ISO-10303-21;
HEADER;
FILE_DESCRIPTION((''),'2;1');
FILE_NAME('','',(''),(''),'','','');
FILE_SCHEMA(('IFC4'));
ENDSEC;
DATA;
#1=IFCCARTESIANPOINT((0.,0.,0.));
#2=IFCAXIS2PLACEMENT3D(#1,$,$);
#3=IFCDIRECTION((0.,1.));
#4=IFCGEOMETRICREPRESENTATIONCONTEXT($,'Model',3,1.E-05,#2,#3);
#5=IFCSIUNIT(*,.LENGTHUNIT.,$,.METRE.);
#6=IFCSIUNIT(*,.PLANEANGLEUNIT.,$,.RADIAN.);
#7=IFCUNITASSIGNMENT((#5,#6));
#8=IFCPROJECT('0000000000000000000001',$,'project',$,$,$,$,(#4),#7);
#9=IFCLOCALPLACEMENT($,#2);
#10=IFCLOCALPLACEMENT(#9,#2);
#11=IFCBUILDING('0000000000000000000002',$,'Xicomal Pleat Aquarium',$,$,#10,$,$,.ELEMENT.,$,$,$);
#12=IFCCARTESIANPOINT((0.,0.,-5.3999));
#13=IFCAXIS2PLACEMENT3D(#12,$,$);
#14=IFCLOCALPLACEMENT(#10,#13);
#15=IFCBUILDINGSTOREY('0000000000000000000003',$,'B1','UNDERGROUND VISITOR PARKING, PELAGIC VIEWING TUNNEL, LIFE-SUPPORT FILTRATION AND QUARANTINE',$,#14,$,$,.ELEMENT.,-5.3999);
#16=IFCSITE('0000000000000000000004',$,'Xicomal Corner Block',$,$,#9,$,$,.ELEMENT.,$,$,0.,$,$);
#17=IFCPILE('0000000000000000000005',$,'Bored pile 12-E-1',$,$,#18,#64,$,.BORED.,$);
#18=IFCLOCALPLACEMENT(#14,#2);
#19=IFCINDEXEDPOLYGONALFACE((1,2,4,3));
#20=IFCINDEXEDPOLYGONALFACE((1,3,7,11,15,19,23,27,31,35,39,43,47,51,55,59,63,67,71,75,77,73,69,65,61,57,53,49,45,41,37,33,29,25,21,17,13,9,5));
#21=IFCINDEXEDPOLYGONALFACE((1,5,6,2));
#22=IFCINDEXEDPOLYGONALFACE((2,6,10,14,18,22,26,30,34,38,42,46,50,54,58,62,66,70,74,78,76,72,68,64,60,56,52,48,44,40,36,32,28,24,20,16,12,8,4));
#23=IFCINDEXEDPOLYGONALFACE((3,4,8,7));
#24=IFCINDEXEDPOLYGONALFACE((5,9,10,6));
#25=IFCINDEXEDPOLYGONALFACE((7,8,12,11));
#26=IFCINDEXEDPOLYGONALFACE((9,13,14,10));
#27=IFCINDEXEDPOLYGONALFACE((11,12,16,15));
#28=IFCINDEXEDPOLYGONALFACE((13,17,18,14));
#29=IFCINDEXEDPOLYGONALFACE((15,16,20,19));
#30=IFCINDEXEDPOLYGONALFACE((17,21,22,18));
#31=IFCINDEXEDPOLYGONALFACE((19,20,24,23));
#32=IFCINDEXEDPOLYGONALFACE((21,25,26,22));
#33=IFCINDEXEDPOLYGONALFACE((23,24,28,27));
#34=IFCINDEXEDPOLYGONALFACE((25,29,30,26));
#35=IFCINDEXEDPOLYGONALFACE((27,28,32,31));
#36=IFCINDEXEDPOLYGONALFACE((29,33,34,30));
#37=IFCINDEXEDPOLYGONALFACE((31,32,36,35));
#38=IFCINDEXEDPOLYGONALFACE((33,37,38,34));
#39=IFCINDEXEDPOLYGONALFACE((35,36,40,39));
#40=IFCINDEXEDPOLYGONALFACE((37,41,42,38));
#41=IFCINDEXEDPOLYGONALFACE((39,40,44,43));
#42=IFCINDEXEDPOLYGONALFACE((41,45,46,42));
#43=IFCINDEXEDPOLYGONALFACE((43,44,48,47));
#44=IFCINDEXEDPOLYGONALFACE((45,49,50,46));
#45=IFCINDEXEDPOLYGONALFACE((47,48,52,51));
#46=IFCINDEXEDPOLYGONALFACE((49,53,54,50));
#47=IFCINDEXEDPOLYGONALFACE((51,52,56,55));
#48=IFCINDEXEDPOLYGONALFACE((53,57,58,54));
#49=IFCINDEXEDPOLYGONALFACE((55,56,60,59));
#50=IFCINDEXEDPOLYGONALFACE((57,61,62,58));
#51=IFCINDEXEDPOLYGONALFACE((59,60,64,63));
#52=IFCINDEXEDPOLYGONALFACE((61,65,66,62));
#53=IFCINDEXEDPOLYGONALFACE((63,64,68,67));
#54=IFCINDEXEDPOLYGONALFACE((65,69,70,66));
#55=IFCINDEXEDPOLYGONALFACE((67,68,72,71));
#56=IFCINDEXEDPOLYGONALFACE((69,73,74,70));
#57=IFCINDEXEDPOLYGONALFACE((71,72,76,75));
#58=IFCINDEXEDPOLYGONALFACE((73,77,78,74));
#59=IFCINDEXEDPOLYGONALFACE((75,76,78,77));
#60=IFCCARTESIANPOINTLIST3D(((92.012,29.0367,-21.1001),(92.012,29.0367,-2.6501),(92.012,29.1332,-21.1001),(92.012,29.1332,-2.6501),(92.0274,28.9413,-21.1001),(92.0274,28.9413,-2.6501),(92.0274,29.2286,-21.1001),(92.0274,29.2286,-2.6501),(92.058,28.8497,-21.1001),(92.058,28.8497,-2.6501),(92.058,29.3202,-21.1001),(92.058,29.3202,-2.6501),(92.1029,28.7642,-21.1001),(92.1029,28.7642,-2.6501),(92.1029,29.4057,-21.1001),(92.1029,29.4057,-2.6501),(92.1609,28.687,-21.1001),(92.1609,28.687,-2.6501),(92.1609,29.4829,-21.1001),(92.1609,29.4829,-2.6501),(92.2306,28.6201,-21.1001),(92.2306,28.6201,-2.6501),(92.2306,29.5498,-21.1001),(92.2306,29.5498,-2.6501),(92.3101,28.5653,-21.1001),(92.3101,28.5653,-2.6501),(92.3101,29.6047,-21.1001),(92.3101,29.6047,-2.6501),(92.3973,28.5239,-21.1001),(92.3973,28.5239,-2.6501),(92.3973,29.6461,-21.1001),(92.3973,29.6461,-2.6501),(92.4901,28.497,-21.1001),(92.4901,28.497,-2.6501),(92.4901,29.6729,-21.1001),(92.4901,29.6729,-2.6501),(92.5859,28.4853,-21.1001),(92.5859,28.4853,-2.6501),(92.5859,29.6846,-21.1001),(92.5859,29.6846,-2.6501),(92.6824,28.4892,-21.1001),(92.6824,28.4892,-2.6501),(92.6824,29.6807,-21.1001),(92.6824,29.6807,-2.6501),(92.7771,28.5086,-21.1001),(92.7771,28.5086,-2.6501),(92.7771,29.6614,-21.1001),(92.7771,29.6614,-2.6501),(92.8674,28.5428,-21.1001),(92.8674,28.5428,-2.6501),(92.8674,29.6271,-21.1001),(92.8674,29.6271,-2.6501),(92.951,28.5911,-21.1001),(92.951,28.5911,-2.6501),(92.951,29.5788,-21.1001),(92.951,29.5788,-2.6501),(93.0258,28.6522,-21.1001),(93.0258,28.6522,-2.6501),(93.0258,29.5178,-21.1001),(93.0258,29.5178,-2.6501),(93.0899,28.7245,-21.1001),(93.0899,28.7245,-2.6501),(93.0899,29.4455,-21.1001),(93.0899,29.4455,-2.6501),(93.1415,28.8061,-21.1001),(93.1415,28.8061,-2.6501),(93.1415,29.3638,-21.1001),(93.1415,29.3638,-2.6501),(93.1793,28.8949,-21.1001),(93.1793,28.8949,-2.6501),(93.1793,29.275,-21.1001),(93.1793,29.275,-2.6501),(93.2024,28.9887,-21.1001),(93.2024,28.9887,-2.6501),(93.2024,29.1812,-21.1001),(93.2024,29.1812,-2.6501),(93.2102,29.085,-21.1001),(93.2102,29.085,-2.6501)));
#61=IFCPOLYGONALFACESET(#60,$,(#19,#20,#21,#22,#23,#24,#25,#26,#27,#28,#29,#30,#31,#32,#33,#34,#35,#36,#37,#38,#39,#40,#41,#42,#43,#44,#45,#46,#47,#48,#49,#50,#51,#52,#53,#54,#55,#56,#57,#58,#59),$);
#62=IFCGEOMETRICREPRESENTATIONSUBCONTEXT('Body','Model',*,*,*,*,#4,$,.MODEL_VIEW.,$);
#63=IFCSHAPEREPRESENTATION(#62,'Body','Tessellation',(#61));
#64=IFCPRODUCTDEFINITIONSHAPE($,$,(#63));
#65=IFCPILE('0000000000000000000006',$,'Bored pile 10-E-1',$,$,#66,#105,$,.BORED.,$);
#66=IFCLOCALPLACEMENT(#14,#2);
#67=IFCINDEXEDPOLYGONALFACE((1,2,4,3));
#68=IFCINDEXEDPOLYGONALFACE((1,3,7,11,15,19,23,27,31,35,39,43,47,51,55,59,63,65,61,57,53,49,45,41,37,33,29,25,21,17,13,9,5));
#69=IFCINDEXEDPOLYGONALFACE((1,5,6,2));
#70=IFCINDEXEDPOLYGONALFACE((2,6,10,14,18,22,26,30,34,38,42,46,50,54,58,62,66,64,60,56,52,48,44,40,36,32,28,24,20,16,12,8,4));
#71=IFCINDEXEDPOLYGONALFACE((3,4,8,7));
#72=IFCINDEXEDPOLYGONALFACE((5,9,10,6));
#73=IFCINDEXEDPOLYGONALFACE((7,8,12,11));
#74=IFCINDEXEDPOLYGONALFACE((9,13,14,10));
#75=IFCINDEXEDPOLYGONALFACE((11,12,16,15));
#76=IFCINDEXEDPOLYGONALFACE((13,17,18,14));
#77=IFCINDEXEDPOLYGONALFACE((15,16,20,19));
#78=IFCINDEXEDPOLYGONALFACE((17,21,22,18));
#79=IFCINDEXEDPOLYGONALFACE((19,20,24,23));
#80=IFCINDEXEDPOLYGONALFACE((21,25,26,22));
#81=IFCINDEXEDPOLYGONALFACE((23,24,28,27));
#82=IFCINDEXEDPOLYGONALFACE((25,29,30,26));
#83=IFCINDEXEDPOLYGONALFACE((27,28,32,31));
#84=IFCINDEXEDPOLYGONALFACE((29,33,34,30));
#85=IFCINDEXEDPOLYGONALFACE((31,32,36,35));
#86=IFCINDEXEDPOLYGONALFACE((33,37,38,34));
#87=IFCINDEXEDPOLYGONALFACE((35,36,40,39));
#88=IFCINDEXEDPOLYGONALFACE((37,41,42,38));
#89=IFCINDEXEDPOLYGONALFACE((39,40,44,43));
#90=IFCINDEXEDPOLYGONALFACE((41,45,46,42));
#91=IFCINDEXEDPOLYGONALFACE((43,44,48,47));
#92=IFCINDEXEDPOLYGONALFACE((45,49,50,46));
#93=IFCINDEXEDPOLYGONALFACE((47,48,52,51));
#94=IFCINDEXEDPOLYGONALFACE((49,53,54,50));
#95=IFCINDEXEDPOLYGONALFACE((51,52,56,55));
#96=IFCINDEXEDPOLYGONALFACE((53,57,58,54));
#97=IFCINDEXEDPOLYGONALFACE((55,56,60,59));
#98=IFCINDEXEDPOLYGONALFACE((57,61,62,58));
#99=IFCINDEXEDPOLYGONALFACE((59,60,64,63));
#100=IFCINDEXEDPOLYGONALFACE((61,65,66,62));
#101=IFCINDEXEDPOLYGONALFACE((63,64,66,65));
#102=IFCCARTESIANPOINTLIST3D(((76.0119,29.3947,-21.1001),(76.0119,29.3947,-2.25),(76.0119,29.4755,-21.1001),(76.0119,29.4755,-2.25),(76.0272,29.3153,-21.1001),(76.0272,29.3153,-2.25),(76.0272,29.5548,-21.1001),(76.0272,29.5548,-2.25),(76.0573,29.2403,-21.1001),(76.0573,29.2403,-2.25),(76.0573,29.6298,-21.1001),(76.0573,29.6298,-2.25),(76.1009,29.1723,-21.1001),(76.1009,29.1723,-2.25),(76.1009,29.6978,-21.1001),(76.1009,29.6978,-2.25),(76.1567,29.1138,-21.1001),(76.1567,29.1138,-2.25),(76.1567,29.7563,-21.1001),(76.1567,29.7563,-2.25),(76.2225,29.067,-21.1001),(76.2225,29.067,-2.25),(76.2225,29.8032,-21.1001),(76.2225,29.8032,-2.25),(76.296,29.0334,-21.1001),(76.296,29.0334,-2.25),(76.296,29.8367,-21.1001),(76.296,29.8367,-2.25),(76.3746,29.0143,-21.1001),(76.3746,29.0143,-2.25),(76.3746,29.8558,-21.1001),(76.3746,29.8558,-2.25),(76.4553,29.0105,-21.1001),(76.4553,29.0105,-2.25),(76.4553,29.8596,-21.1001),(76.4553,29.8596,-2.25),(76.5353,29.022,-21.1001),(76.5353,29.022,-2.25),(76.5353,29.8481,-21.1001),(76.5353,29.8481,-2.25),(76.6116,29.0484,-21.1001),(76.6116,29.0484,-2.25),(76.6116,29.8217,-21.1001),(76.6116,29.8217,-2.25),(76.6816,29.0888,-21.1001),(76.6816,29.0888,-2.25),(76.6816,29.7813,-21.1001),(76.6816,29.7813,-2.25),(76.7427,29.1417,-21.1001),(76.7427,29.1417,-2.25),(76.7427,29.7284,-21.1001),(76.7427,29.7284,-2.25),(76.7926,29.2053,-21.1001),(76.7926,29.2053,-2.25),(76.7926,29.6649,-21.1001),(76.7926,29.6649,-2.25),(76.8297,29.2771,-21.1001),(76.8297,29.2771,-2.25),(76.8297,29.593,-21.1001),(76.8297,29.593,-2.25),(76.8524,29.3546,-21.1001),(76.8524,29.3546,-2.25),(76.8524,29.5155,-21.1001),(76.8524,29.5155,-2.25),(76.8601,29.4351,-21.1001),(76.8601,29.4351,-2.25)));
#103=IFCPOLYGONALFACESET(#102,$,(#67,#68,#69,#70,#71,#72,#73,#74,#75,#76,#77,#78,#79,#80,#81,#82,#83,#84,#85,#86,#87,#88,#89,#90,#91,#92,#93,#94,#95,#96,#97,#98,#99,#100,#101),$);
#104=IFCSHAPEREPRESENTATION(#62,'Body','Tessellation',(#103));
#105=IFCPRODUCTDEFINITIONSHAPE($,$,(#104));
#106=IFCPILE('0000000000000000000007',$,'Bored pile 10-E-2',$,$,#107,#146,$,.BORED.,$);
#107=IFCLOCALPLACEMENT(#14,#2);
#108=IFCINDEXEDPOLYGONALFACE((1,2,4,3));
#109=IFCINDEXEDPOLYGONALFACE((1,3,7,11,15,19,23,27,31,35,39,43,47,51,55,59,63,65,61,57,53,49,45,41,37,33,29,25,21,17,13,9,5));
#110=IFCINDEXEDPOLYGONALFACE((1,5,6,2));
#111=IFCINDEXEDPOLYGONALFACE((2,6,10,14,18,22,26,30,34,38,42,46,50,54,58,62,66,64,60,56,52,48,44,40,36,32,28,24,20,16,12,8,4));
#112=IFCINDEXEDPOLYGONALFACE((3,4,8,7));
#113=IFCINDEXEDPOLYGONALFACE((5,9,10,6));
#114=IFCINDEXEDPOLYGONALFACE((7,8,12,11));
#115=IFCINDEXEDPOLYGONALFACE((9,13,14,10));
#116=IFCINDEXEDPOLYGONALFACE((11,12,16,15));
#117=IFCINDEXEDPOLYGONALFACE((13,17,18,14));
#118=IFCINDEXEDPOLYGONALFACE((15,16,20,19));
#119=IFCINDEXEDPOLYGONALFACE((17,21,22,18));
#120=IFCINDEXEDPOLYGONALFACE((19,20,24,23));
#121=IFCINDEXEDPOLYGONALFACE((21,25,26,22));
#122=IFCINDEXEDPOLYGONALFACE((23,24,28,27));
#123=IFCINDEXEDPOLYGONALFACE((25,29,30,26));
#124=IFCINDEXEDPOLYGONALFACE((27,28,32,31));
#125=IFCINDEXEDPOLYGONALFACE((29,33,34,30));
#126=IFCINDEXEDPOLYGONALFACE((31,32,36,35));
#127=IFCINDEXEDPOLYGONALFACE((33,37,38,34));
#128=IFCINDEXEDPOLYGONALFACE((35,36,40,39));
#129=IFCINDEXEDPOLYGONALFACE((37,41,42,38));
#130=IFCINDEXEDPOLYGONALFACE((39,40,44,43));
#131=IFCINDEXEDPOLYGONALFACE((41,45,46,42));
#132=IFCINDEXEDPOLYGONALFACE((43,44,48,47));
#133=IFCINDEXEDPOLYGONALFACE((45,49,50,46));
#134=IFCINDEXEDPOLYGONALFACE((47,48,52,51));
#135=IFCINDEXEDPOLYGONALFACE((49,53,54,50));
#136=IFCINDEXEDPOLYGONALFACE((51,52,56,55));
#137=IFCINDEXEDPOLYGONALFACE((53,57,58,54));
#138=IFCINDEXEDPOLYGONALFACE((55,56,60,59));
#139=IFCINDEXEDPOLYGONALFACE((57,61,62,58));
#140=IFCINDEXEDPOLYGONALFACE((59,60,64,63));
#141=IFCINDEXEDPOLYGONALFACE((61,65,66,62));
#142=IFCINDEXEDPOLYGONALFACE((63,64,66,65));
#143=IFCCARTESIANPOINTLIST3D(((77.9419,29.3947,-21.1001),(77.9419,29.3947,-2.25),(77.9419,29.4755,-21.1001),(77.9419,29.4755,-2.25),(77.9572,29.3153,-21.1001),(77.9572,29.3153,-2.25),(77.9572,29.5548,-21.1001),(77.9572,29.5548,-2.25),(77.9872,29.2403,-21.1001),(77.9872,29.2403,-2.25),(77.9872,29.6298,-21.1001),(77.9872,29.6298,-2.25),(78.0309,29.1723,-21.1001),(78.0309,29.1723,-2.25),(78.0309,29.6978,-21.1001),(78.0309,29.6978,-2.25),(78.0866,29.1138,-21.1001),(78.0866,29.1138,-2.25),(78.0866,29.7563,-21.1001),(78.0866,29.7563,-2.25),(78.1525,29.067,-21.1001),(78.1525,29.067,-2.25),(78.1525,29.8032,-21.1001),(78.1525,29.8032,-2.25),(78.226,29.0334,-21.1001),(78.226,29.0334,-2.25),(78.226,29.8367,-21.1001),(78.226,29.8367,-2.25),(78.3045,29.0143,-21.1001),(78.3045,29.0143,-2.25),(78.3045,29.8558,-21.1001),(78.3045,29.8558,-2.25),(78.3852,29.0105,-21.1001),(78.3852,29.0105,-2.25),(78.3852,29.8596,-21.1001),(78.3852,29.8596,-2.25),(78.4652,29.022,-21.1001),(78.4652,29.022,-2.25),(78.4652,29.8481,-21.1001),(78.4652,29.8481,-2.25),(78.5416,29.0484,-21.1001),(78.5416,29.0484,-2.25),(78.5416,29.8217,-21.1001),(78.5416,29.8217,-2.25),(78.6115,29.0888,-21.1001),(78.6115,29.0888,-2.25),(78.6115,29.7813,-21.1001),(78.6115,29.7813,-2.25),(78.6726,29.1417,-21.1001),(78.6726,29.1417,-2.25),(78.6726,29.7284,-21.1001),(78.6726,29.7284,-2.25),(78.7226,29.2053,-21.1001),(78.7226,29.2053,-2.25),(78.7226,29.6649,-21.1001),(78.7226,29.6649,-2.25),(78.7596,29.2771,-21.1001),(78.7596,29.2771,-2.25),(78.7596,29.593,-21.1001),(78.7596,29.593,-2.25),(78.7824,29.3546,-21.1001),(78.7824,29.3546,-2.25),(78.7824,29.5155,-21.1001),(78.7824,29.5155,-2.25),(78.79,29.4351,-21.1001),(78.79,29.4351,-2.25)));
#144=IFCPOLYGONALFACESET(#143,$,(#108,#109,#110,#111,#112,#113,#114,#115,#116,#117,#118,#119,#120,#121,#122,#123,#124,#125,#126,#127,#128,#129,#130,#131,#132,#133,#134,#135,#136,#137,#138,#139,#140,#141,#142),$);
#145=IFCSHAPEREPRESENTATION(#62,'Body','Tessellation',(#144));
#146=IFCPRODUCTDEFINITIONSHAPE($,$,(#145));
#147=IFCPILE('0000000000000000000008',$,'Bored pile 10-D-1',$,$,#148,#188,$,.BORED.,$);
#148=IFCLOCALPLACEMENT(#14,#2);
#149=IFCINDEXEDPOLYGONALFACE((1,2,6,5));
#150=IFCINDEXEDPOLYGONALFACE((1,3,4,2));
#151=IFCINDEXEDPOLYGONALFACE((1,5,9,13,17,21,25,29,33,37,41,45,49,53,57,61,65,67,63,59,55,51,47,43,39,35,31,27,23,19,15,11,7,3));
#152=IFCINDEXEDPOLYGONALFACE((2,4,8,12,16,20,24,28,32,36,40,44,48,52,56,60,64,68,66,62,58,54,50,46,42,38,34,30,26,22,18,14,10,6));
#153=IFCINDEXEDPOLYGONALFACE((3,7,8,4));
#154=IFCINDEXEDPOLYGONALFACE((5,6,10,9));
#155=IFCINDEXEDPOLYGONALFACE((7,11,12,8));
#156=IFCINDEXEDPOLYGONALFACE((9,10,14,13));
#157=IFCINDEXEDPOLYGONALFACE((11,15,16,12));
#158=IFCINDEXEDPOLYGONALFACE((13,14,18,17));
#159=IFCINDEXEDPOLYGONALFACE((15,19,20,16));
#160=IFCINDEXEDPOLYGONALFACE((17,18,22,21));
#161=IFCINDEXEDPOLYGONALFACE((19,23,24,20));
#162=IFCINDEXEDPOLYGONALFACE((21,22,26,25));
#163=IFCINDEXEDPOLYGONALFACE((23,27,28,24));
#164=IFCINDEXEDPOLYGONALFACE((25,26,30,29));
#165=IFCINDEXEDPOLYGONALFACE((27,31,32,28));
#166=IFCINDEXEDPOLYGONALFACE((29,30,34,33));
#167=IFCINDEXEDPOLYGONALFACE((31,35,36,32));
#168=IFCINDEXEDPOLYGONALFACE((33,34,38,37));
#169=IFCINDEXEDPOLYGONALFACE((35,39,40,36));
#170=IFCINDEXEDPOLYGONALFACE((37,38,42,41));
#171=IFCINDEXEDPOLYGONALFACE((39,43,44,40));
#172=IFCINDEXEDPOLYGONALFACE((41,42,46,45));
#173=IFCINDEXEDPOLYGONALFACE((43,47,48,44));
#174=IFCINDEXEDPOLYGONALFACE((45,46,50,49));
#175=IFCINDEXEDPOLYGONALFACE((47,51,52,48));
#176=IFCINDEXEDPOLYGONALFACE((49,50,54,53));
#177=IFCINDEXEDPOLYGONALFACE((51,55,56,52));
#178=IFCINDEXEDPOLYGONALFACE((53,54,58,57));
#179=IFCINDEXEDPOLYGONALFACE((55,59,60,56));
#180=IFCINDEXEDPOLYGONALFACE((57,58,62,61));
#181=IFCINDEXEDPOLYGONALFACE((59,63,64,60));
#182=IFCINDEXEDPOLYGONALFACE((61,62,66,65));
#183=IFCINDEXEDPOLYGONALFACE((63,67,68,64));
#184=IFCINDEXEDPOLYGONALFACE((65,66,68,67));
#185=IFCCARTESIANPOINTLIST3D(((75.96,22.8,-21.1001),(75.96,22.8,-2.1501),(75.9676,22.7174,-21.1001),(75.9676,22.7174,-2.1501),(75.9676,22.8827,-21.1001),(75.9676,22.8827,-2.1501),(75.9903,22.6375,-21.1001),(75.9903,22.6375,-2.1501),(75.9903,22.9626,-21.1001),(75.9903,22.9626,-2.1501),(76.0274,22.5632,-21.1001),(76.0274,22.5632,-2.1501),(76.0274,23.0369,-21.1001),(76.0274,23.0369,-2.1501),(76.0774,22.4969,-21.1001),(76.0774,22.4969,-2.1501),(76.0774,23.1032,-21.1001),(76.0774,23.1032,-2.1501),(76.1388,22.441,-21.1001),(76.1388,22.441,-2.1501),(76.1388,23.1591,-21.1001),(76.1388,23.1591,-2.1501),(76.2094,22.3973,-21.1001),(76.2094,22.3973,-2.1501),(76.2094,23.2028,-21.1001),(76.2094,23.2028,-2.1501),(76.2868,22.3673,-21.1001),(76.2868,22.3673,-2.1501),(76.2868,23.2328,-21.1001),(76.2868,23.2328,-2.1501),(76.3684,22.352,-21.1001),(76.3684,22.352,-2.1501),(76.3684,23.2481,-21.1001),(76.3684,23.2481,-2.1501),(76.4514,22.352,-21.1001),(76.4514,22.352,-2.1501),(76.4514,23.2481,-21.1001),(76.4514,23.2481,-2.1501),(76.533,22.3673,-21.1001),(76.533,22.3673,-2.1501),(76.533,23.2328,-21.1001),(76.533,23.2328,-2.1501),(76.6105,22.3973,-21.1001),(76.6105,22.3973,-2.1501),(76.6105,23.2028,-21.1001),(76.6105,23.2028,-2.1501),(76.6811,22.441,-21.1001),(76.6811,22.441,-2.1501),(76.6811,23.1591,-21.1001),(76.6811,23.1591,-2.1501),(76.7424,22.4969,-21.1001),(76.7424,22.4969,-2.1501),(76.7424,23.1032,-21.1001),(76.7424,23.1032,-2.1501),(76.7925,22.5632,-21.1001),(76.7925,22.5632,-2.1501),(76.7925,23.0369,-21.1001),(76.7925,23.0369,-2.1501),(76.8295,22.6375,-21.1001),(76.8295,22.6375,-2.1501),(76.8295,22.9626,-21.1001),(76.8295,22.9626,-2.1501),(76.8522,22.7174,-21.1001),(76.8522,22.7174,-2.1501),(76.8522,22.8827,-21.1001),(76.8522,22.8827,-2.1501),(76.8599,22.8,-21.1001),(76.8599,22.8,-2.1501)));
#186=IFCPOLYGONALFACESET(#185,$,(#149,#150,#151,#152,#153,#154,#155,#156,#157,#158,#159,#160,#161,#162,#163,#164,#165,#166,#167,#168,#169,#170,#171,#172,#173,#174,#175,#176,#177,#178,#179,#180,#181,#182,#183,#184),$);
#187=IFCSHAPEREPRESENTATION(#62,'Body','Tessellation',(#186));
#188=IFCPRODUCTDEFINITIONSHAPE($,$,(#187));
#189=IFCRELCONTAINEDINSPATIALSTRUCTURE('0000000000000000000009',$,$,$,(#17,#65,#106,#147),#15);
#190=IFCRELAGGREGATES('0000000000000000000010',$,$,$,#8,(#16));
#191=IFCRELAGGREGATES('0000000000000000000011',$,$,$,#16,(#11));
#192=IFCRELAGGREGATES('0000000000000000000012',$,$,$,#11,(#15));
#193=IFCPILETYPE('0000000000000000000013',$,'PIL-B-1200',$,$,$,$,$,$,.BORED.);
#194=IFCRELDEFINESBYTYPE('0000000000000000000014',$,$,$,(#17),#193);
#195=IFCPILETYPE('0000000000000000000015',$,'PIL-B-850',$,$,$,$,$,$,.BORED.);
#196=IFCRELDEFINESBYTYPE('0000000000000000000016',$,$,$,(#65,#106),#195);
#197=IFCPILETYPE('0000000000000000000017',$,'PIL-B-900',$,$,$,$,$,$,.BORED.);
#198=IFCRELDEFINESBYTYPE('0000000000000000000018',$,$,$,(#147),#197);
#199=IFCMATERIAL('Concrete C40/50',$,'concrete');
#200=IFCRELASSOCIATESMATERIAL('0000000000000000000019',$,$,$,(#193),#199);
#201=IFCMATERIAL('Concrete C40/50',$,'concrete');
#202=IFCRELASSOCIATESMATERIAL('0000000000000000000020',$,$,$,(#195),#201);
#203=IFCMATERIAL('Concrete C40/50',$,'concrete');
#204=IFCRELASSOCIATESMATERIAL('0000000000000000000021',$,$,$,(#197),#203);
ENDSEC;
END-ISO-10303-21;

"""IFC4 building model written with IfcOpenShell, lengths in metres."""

from ifc_helpers import new_model, si_unit, direction, frame, origin, origin_2d, place, context, subcontext, project, spatial, circle, extrude, material, material_profile, profile_set, type_object, element, save


model = new_model("IFC4")

# Units and contexts
model_context = context("Model", 3, precision=1e-05, world=origin(), true_north=direction((0.0, 1.0)))
body_context = subcontext(model_context, "Body", "Model", "MODEL_VIEW")
ifc_project = project(units=[si_unit("LENGTHUNIT", "METRE"), si_unit("PLANEANGLEUNIT", "RADIAN")], contexts=[model_context])

# Site, building, storey
site_placement = place(None, origin())
site = spatial("IfcSite", under=ifc_project, at=site_placement, Name="Xicomal Corner Block", CompositionType="ELEMENT", RefElevation=0.0)
building_placement = place(site_placement, origin())
building = spatial("IfcBuilding", under=site, at=building_placement, Name="Xicomal Pleat Aquarium", CompositionType="ELEMENT")
storey_placement = place(building_placement, frame((0.0, 0.0, -5.3999)))
storey = spatial("IfcBuildingStorey", under=building, at=storey_placement, Name="B1", Description="UNDERGROUND VISITOR PARKING, PELAGIC VIEWING TUNNEL, LIFE-SUPPORT FILTRATION AND QUARANTINE", CompositionType="ELEMENT", Elevation=-5.3999)

# Piles
ifc_material_1 = material(Name="Concrete C40/50", Category="concrete")
ifc_material_profile_1 = material_profile(ifc_material_1, circle(Radius=0.6001, at=origin_2d()), Name="BORED PILE D1200")
ifc_profile_set_1 = profile_set([ifc_material_profile_1], Name="Concrete C40/50")
pile_type_1 = type_object("IfcPileType", Name="PIL-B-1200", PredefinedType="BORED", material=ifc_profile_set_1)
pile_1_placement = place(storey_placement, frame((92.6101, 29.085, -2.6501), z_axis=(0.0, 0.0, -1.0), x_axis=(1.0, 0.0, 0.0)))
element("IfcPile", 1, at=pile_1_placement, inside=storey, type_object=pile_type_1, Name="Bored pile 12-E-1", PredefinedType="BORED", context=body_context, shape_type="SweptSolid", body=[
    extrude(circle(Radius=0.6001, at=origin_2d()), origin(), (0.0, 0.0, 1.0), 18.45),
])
ifc_material_2 = material(Name="Concrete C40/50", Category="concrete")
ifc_material_profile_2 = material_profile(ifc_material_2, circle(Radius=0.425, at=origin_2d()), Name="BORED PILE D850")
ifc_profile_set_2 = profile_set([ifc_material_profile_2], Name="Concrete C40/50")
pile_type_2 = type_object("IfcPileType", Name="PIL-B-850", PredefinedType="BORED", material=ifc_profile_set_2)
for number, where, z_axis, x_axis, name in (
    (2, (76.4351, 29.4351, -2.25), (0.0, 0.0, -1.0), (1.0, 0.0, 0.0), "Bored pile 10-E-1"),
    (3, (78.365, 29.4351, -2.25), (0.0, 0.0, -1.0), (1.0, 0.0, 0.0), "Bored pile 10-E-2"),
):
    element("IfcPile", number, at=place(storey_placement, frame(where, z_axis=z_axis, x_axis=x_axis)), inside=storey, type_object=pile_type_2, Name=name, PredefinedType="BORED", context=body_context, shape_type="SweptSolid", body=[
        extrude(circle(Radius=0.425, at=origin_2d()), origin(), (0.0, 0.0, 1.0), 18.8501),
    ])
ifc_material_3 = material(Name="Concrete C40/50", Category="concrete")
ifc_material_profile_3 = material_profile(ifc_material_3, circle(Radius=0.45, at=origin_2d()), Name="BORED PILE D900")
ifc_profile_set_3 = profile_set([ifc_material_profile_3], Name="Concrete C40/50")
pile_type_3 = type_object("IfcPileType", Name="PIL-B-900", PredefinedType="BORED", material=ifc_profile_set_3)
for number, where, z_axis, x_axis, name in (
    (4, (76.4099, 22.8, -2.1501), (0.0, 0.0, -1.0), (1.0, 0.0, 0.0), "Bored pile 10-D-1"),
):
    element("IfcPile", number, at=place(storey_placement, frame(where, z_axis=z_axis, x_axis=x_axis)), inside=storey, type_object=pile_type_3, Name=name, PredefinedType="BORED", context=body_context, shape_type="SweptSolid", body=[
        extrude(circle(Radius=0.45, at=origin_2d()), origin(), (0.0, 0.0, 1.0), 18.95),
    ])

save(model, "model.ifc")
